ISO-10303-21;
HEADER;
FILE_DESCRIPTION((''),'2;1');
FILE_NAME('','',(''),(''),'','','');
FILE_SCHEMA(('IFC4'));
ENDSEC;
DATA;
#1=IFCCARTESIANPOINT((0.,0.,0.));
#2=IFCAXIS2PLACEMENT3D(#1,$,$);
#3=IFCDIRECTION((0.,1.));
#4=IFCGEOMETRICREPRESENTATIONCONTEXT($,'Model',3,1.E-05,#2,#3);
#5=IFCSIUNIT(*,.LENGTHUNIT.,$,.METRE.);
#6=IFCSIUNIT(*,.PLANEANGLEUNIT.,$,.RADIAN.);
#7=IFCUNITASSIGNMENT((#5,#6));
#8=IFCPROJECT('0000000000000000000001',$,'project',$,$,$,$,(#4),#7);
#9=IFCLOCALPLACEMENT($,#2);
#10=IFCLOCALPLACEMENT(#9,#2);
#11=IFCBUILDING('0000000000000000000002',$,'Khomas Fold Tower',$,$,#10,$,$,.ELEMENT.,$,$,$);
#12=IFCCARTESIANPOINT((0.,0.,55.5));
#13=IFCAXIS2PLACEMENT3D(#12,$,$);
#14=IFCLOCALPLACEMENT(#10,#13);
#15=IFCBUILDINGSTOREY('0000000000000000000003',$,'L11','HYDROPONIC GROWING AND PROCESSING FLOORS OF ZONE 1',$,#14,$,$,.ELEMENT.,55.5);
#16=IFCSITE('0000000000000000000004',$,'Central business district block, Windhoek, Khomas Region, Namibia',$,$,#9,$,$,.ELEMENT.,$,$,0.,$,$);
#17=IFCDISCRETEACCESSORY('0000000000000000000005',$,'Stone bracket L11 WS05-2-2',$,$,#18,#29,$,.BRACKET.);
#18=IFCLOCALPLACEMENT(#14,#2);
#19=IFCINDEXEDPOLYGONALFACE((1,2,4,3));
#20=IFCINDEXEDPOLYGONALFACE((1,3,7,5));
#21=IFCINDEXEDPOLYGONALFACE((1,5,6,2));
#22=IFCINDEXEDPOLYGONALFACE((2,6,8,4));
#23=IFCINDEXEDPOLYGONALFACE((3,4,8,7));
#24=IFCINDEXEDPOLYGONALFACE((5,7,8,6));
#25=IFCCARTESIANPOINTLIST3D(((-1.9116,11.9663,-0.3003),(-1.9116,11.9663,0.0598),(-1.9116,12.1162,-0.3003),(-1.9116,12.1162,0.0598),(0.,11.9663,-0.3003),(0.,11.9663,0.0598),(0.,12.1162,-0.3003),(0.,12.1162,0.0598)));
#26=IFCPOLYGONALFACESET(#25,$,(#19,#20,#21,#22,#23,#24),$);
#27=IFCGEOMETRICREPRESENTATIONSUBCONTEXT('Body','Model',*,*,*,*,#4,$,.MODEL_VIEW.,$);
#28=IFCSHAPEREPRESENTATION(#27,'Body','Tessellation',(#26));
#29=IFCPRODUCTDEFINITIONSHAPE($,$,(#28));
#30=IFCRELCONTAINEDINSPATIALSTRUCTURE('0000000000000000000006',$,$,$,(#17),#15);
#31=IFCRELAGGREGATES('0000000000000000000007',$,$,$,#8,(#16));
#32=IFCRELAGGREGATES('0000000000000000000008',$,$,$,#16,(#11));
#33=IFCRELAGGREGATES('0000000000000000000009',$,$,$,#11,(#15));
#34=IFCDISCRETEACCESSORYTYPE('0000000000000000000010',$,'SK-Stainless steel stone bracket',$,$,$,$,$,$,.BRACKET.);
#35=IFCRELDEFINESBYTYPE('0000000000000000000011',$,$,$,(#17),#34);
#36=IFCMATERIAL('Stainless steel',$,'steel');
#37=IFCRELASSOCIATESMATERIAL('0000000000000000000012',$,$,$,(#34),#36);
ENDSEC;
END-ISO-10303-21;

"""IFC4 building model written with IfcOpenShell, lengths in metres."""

from ifc_helpers import new_model, si_unit, direction, frame, origin, origin_2d, place, context, subcontext, project, spatial, rectangle, extrude, source, transform, mapped, material, type_object, element, save


model = new_model("IFC4")

# Units and contexts
model_context = context("Model", 3, precision=1e-05, world=origin(), true_north=direction((0.0, 1.0)))
body_context = subcontext(model_context, "Body", "Model", "MODEL_VIEW")
ifc_project = project(units=[si_unit("LENGTHUNIT", "METRE"), si_unit("PLANEANGLEUNIT", "RADIAN")], contexts=[model_context])

# Site, building, storey
site_placement = place(None, origin())
site = spatial("IfcSite", under=ifc_project, at=site_placement, Name="Central business district block, Windhoek, Khomas Region, Namibia", CompositionType="ELEMENT", RefElevation=0.0)
building_placement = place(site_placement, origin())
building = spatial("IfcBuilding", under=site, at=building_placement, Name="Khomas Fold Tower", CompositionType="ELEMENT")
storey_placement = place(building_placement, frame((0.0, 0.0, 55.5)))
storey = spatial("IfcBuildingStorey", under=building, at=storey_placement, Name="L11", Description="HYDROPONIC GROWING AND PROCESSING FLOORS OF ZONE 1", CompositionType="ELEMENT", Elevation=55.5)

# Discrete accessory
ifc_material_1 = material(Name="Stainless steel", Category="steel")
discrete_accessory_type = type_object("IfcDiscreteAccessoryType", Name="SK-Stainless steel stone bracket", PredefinedType="BRACKET", material=ifc_material_1)
shared_shape_1 = source(origin(), body_context, "Body", "SweptSolid", [
    extrude(rectangle(XDim=1.9116, YDim=0.1499, at=origin_2d()), origin(), (0.0, 0.0, 1.0), 0.3601),
])
discrete_accessory_placement = place(storey_placement, frame((-0.9558, 12.0413, -0.3003), z_axis=(0.0, 0.0, 1.0), x_axis=(-1.0, 0.0, 0.0)))
element("IfcDiscreteAccessory", 1, at=discrete_accessory_placement, inside=storey, type_object=discrete_accessory_type, Name="Stone bracket L11 WS05-2-2", PredefinedType="BRACKET", context=body_context, shape_type="MappedRepresentation", body=[
    mapped(shared_shape_1, transform((0.0, 0.0, 0.0))),
])

save(model, "model.ifc")
